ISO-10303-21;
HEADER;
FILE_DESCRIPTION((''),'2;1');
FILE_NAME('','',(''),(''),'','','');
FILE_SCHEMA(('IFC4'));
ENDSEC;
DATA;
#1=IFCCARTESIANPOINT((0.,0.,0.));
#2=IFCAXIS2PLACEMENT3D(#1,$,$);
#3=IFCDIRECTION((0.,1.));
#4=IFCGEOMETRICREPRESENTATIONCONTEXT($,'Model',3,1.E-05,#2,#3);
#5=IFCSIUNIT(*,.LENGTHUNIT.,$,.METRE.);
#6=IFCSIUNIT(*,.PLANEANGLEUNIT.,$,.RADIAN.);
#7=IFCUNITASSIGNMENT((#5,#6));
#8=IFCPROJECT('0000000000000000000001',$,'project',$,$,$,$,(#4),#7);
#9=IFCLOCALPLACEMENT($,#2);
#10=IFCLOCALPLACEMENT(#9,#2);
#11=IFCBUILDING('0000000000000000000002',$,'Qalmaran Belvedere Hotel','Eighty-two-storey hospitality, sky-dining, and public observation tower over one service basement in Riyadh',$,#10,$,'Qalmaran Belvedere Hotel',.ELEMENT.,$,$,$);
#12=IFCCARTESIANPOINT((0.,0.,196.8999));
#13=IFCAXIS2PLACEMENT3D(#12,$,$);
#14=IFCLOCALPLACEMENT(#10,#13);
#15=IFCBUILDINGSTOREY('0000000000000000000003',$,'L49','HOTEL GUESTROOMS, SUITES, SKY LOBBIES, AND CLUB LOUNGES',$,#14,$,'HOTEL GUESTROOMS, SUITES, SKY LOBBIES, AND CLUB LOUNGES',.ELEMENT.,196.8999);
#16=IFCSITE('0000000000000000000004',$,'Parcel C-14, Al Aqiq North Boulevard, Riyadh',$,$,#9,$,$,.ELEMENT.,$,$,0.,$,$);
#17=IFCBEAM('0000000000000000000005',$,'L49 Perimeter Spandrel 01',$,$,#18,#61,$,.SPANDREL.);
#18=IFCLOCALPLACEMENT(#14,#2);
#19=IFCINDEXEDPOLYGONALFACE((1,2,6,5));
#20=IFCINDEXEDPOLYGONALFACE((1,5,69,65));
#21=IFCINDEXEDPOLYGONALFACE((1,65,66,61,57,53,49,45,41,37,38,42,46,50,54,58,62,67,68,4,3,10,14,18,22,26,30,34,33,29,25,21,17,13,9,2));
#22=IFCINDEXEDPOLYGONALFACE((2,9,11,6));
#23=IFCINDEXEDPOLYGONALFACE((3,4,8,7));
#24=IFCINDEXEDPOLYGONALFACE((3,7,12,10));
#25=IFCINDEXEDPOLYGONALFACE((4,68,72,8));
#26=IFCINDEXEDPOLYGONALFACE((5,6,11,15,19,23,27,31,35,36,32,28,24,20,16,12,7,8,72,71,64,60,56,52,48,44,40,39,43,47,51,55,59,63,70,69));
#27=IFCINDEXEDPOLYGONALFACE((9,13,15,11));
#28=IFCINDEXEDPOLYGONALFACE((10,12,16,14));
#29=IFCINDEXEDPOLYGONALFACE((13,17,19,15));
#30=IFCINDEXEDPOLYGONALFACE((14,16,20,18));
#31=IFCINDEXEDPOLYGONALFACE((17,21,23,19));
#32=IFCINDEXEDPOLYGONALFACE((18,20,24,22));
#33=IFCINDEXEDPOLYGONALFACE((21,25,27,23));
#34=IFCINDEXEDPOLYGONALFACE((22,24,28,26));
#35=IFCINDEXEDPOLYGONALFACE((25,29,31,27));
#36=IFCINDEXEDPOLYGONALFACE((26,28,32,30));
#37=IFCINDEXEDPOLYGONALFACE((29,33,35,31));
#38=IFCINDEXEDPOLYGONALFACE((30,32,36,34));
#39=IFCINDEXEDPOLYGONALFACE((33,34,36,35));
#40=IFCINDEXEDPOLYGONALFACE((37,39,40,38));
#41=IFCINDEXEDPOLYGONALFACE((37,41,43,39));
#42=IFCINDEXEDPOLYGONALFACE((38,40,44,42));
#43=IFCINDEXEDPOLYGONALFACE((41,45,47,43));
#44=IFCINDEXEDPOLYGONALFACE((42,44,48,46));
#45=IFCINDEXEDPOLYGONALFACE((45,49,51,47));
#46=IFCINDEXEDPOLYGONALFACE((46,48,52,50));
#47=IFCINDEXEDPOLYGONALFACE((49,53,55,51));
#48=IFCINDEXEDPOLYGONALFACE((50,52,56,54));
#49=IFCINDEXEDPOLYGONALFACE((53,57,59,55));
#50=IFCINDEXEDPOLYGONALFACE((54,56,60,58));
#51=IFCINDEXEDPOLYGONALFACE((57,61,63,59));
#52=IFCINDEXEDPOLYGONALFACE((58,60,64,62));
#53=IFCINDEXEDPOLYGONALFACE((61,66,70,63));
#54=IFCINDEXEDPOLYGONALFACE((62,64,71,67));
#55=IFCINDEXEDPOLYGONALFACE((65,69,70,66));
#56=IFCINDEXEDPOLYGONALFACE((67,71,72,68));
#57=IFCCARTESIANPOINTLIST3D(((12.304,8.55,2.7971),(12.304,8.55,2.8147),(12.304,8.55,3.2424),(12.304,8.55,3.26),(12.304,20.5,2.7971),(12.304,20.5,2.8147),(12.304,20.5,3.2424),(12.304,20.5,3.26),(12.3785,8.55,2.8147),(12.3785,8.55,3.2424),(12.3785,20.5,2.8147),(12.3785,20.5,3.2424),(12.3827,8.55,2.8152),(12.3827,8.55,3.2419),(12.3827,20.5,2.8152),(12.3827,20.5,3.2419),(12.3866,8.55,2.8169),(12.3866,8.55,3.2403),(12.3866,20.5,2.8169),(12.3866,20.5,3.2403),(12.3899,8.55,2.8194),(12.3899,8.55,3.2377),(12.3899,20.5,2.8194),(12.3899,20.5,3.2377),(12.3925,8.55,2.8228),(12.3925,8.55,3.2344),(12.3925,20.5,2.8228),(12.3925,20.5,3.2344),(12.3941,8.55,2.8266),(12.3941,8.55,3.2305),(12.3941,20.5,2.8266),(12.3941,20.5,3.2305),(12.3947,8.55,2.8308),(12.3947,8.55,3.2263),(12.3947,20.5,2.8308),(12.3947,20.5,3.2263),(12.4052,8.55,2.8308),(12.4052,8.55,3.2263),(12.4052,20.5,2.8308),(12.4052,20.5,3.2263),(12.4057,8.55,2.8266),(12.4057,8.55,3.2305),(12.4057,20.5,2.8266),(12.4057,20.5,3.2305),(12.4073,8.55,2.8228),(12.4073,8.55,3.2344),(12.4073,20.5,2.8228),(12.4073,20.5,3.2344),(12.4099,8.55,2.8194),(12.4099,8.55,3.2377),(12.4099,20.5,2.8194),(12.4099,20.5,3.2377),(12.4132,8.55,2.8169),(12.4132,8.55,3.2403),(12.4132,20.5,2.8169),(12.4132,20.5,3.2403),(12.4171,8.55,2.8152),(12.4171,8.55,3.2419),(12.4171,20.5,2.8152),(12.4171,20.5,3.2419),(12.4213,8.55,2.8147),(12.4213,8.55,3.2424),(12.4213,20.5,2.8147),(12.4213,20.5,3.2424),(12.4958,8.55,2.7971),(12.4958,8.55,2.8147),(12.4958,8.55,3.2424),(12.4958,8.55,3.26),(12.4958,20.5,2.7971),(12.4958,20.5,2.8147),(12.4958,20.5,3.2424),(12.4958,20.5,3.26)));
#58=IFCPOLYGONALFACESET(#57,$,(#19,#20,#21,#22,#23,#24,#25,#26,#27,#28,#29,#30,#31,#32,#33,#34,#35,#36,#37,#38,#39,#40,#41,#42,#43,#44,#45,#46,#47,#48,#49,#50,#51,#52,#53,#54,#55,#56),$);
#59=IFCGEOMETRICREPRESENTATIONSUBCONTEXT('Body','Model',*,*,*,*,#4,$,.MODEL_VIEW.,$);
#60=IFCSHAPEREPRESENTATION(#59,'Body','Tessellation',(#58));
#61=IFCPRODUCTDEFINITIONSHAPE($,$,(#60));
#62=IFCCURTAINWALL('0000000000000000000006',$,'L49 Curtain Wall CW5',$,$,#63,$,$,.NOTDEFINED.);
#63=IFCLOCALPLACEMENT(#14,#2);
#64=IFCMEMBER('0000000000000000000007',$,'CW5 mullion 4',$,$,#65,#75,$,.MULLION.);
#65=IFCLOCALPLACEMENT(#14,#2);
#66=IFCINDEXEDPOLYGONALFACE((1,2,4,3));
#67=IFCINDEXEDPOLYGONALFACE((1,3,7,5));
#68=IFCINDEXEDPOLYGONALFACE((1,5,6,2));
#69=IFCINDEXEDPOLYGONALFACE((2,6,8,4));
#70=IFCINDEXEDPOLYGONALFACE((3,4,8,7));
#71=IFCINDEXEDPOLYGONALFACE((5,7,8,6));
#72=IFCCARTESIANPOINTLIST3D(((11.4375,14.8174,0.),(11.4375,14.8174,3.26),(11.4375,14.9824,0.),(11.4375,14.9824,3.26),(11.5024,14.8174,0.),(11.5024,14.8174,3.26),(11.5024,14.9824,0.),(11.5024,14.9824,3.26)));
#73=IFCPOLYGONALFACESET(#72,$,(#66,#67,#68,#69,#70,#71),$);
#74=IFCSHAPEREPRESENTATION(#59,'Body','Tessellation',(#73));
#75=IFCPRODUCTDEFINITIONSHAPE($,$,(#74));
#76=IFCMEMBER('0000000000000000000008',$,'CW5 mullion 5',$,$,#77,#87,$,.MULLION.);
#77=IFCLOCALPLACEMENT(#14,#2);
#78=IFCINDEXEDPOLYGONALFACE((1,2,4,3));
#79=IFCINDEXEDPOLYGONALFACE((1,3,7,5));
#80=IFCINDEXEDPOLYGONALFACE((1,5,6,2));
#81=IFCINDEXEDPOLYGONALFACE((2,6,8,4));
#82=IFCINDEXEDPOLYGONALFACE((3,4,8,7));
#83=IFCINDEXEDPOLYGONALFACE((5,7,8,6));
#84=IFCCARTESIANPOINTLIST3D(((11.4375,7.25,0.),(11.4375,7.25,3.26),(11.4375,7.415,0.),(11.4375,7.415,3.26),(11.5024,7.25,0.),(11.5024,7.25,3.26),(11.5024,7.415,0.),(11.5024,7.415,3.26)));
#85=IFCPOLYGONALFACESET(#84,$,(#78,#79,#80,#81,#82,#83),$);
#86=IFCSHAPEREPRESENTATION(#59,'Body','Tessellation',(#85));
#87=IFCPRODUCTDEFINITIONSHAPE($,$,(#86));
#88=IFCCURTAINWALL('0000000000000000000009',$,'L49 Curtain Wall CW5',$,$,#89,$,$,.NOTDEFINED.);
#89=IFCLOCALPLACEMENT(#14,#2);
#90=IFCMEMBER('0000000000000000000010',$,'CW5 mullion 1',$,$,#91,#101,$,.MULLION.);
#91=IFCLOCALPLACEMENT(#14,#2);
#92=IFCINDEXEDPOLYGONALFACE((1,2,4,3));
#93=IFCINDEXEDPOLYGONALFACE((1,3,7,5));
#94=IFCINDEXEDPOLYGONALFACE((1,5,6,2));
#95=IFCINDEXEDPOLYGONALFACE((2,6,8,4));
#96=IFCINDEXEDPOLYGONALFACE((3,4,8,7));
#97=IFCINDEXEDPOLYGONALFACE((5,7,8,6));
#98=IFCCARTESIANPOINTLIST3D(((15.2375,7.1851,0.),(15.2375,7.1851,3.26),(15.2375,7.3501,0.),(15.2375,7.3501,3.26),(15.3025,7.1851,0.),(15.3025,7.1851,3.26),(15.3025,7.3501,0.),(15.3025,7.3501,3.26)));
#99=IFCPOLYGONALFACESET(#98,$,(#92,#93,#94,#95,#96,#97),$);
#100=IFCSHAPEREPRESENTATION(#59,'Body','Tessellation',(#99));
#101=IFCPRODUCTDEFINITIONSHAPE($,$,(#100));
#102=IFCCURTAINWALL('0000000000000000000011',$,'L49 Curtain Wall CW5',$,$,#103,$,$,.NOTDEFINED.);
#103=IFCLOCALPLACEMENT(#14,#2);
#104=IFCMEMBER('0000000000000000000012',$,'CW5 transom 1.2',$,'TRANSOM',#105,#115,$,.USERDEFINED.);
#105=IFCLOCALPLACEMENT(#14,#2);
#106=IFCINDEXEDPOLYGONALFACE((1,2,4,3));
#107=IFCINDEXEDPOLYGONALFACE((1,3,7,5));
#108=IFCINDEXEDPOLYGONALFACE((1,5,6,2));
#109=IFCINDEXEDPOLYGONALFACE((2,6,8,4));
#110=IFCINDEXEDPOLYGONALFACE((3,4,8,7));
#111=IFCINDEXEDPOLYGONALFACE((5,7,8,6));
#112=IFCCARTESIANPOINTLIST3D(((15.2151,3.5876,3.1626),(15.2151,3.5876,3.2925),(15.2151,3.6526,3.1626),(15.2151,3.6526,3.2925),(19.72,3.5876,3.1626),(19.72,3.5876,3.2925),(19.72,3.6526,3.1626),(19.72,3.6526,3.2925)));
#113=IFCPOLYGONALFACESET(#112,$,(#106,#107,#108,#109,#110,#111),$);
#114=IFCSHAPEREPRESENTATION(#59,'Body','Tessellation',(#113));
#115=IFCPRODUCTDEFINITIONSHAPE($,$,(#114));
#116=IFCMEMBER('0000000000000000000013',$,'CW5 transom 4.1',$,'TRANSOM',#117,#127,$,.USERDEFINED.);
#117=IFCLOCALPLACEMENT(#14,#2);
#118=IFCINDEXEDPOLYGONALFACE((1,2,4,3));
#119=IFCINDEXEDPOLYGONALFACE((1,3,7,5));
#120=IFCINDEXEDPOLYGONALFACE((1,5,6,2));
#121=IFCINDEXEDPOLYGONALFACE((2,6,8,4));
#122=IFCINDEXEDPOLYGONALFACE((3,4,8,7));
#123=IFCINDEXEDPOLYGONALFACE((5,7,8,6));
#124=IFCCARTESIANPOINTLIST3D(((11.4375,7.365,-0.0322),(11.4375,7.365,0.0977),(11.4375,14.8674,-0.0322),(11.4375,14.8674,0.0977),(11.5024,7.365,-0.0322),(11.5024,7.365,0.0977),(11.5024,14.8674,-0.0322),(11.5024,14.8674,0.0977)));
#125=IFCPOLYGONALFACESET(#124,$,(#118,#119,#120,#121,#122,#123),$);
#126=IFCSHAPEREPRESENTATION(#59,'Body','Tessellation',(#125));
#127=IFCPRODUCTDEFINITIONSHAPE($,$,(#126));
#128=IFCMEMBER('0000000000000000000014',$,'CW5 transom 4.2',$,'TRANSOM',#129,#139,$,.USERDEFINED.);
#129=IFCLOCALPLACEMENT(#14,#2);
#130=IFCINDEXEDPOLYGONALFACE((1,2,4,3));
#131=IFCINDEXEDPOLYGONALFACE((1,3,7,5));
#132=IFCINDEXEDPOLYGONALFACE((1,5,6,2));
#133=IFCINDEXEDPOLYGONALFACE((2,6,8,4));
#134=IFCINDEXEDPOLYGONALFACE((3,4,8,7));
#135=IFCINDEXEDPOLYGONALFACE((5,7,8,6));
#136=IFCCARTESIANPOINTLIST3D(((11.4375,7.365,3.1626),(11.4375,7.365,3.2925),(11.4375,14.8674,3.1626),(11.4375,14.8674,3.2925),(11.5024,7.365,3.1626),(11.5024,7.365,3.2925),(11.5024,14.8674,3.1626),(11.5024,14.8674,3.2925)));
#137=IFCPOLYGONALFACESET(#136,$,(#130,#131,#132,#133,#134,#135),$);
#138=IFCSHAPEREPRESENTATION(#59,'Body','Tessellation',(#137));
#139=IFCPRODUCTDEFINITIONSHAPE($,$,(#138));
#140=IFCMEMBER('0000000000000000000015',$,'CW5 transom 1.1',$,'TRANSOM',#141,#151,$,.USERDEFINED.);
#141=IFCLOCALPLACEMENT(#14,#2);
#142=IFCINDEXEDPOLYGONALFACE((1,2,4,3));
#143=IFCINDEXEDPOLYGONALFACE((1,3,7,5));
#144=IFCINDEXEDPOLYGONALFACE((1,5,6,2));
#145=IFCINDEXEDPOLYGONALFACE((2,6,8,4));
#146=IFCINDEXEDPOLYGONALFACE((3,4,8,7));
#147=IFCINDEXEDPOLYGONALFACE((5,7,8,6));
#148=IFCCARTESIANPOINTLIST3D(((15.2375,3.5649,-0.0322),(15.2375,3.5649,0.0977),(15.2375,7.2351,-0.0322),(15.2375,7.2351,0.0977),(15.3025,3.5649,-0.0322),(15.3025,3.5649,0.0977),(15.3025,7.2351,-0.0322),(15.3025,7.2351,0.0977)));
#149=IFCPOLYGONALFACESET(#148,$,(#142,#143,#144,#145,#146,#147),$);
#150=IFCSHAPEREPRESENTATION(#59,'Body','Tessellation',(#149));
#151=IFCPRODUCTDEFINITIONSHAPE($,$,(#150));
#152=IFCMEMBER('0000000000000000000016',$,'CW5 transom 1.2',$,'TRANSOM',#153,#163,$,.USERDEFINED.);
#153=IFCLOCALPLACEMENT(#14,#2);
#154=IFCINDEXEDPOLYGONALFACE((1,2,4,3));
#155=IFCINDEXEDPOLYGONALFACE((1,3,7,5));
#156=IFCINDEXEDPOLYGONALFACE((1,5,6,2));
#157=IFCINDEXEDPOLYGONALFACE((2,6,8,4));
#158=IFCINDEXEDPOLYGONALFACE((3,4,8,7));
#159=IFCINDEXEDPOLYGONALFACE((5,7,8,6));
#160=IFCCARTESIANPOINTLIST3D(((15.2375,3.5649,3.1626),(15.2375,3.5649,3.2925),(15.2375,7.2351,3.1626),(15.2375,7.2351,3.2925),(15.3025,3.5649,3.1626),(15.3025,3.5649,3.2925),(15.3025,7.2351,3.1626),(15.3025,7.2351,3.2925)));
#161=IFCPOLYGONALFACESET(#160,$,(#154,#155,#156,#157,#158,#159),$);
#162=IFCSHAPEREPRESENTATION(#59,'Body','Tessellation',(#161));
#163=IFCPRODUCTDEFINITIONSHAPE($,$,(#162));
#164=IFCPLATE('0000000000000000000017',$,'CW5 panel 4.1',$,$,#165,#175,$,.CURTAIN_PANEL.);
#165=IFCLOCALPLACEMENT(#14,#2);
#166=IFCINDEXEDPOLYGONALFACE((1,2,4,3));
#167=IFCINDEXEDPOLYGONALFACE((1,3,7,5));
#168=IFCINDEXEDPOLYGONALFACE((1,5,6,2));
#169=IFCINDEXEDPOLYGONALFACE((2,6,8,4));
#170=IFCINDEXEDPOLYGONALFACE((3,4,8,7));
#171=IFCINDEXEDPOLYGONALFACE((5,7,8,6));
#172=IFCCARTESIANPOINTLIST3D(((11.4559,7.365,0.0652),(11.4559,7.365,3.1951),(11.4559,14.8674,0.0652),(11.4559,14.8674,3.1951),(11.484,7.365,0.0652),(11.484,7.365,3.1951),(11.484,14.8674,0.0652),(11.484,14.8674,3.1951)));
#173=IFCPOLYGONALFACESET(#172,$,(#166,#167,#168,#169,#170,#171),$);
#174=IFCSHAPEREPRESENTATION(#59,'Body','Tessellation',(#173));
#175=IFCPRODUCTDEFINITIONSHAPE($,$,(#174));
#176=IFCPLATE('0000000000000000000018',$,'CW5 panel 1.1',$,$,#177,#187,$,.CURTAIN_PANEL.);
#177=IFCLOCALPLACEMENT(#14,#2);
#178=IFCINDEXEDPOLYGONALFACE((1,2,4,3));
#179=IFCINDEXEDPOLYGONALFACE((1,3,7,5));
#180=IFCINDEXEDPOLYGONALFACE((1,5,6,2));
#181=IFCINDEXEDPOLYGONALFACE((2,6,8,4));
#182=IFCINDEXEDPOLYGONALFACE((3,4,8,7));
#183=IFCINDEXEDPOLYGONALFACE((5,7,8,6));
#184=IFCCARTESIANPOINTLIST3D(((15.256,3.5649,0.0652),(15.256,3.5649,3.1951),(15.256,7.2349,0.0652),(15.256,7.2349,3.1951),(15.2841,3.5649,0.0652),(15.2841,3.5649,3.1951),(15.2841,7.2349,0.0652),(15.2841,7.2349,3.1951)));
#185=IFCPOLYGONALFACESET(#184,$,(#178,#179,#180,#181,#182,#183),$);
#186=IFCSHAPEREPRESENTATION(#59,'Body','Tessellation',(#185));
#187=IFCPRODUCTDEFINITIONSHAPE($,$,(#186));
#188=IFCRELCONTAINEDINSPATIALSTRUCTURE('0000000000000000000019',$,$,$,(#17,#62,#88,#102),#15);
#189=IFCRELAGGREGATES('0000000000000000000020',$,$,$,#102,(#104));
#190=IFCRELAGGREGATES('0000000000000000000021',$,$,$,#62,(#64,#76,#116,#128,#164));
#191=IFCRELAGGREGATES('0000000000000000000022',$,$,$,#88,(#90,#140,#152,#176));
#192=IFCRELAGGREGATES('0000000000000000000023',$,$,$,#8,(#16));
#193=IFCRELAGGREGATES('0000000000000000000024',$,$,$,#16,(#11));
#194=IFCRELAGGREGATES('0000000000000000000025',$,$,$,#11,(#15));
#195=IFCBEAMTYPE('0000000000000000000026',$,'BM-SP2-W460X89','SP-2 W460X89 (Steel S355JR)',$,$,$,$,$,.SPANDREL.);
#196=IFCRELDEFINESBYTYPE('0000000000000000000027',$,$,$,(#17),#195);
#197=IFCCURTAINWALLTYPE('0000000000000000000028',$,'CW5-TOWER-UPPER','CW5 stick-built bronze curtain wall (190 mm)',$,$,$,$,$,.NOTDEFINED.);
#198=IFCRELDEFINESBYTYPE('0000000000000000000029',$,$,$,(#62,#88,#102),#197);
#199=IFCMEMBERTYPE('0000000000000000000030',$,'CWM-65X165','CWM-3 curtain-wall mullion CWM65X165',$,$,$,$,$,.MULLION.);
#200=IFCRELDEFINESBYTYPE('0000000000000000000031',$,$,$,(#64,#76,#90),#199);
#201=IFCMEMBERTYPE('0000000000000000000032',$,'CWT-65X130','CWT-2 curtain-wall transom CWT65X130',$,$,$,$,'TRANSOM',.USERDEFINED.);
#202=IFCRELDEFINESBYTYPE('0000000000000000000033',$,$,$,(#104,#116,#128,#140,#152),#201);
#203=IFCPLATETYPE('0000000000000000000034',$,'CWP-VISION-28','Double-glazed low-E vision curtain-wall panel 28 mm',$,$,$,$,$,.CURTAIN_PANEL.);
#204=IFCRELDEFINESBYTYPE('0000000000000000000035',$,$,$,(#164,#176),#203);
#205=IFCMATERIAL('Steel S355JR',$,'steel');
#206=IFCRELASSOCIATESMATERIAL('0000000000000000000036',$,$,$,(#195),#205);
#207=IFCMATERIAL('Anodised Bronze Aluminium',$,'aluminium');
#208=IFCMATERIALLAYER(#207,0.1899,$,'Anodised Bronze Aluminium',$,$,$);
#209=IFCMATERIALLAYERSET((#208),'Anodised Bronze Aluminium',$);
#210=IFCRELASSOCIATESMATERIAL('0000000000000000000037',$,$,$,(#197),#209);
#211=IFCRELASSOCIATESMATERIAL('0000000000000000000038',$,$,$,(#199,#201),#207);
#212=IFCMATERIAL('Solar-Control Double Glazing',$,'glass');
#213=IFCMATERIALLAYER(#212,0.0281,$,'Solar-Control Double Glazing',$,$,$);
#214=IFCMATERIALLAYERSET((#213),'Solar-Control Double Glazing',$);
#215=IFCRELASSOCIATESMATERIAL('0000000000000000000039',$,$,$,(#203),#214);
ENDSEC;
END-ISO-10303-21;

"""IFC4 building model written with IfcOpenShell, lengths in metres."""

from ifc_helpers import new_model, si_unit, direction, frame, origin, origin_2d, place, context, subcontext, project, spatial, rectangle, i_section, extrude, material, layer, layer_set, material_profile, profile_set, type_object, element, aggregate, save


model = new_model("IFC4")

# Units and contexts
model_context = context("Model", 3, precision=1e-05, world=origin(), true_north=direction((0.0, 1.0)))
body_context = subcontext(model_context, "Body", "Model", "MODEL_VIEW")
ifc_project = project(units=[si_unit("LENGTHUNIT", "METRE"), si_unit("PLANEANGLEUNIT", "RADIAN")], contexts=[model_context])

# Site, building, storey
site_placement = place(None, origin())
site = spatial("IfcSite", under=ifc_project, at=site_placement, Name="Parcel C-14, Al Aqiq North Boulevard, Riyadh", CompositionType="ELEMENT", RefElevation=0.0)
building_placement = place(site_placement, origin())
building = spatial("IfcBuilding", under=site, at=building_placement, Name="Qalmaran Belvedere Hotel", Description="Eighty-two-storey hospitality, sky-dining, and public observation tower over one service basement in Riyadh", LongName="Qalmaran Belvedere Hotel", CompositionType="ELEMENT")
storey_placement = place(building_placement, frame((0.0, 0.0, 196.8999)))
storey = spatial("IfcBuildingStorey", under=building, at=storey_placement, Name="L49", Description="HOTEL GUESTROOMS, SUITES, SKY LOBBIES, AND CLUB LOUNGES", LongName="HOTEL GUESTROOMS, SUITES, SKY LOBBIES, AND CLUB LOUNGES", CompositionType="ELEMENT", Elevation=196.8999)

# Beam
ifc_material_1 = material(Name="Steel S355JR", Category="steel")
ifc_material_profile_1 = material_profile(ifc_material_1, i_section(OverallWidth=0.1919, OverallDepth=0.4629, WebThickness=0.0105, FlangeThickness=0.0176, FilletRadius=0.0161, at=origin_2d()), Name="W460X89")
ifc_profile_set_1 = profile_set([ifc_material_profile_1], Name="Steel S355JR")
beam_type_1 = type_object("IfcBeamType", Name="BM-SP2-W460X89", Description="SP-2 W460X89 (Steel S355JR)", PredefinedType="SPANDREL", material=ifc_profile_set_1)
beam_1_placement = place(storey_placement, frame((12.3999, 8.55, 3.0286), z_axis=(0.0, 1.0, 0.0), x_axis=(-1.0, 0.0, 0.0)))
element("IfcBeam", 1, at=beam_1_placement, inside=storey, type_object=beam_type_1, Name="L49 Perimeter Spandrel 01", PredefinedType="SPANDREL", context=body_context, shape_type="SweptSolid", body=[
    extrude(i_section(OverallWidth=0.1919, OverallDepth=0.4629, WebThickness=0.0105, FlangeThickness=0.0176, FilletRadius=0.0161, at=origin_2d()), origin(), (0.0, 0.0, 1.0), 11.95),
])

# Curtain wall, members
ifc_material_2 = material(Name="Anodised Bronze Aluminium", Category="aluminium")
ifc_layer_1 = layer(ifc_material_2, 0.1899, Name="Anodised Bronze Aluminium")
ifc_layer_set_1 = layer_set([ifc_layer_1], Name="Anodised Bronze Aluminium")
curtain_wall_type = type_object("IfcCurtainWallType", Name="CW5-TOWER-UPPER", Description="CW5 stick-built bronze curtain wall (190 mm)", PredefinedType="NOTDEFINED", material=ifc_layer_set_1)
curtain_wall_1_placement = place(storey_placement, origin())
curtain_wall_1 = element("IfcCurtainWall", 2, at=curtain_wall_1_placement, inside=storey, type_object=curtain_wall_type, Name="L49 Curtain Wall CW5", PredefinedType="NOTDEFINED")
ifc_material_profile_2 = material_profile(ifc_material_2, rectangle(XDim=0.0649, YDim=0.165, at=origin_2d()), Name="CWM65X165")
ifc_profile_set_2 = profile_set([ifc_material_profile_2], Name="Anodised Bronze Aluminium")
member_type_1 = type_object("IfcMemberType", Name="CWM-65X165", Description="CWM-3 curtain-wall mullion CWM65X165", PredefinedType="MULLION", material=ifc_profile_set_2)
member_1_placement = place(storey_placement, frame((11.47, 14.8999, 0.0), z_axis=(0.0, 0.0, 1.0), x_axis=(1.0, 0.0, 0.0)))
member_1 = element("IfcMember", 3, at=member_1_placement, type_object=member_type_1, Name="CW5 mullion 4", PredefinedType="MULLION", context=body_context, shape_type="SweptSolid", body=[
    extrude(rectangle(XDim=0.0649, YDim=0.165, at=origin_2d()), origin(), (0.0, 0.0, 1.0), 3.26),
])
member_2_placement = place(storey_placement, frame((11.47, 7.3325, 0.0), z_axis=(0.0, 0.0, 1.0), x_axis=(1.0, 0.0, 0.0)))
member_2 = element("IfcMember", 4, at=member_2_placement, type_object=member_type_1, Name="CW5 mullion 5", PredefinedType="MULLION", context=body_context, shape_type="SweptSolid", body=[
    extrude(rectangle(XDim=0.0649, YDim=0.165, at=origin_2d()), origin(), (0.0, 0.0, 1.0), 3.26),
])

# Curtain walls, members
curtain_wall_2_placement = place(storey_placement, origin())
curtain_wall_2 = element("IfcCurtainWall", 5, at=curtain_wall_2_placement, inside=storey, type_object=curtain_wall_type, Name="L49 Curtain Wall CW5", PredefinedType="NOTDEFINED")
member_3_placement = place(storey_placement, frame((15.27, 7.2676, 0.0), z_axis=(0.0, 0.0, 1.0), x_axis=(1.0, 0.0, 0.0)))
member_3 = element("IfcMember", 6, at=member_3_placement, type_object=member_type_1, Name="CW5 mullion 1", PredefinedType="MULLION", context=body_context, shape_type="SweptSolid", body=[
    extrude(rectangle(XDim=0.0649, YDim=0.165, at=origin_2d()), origin(), (0.0, 0.0, 1.0), 3.26),
])
curtain_wall_3_placement = place(storey_placement, origin())
curtain_wall_3 = element("IfcCurtainWall", 7, at=curtain_wall_3_placement, inside=storey, type_object=curtain_wall_type, Name="L49 Curtain Wall CW5", PredefinedType="NOTDEFINED")
ifc_material_profile_3 = material_profile(ifc_material_2, rectangle(XDim=0.0649, YDim=0.1299, at=origin_2d()), Name="CWT65X130")
ifc_profile_set_3 = profile_set([ifc_material_profile_3], Name="Anodised Bronze Aluminium")
member_type_2 = type_object("IfcMemberType", Name="CWT-65X130", Description="CWT-2 curtain-wall transom CWT65X130", ElementType="TRANSOM", PredefinedType="USERDEFINED", material=ifc_profile_set_3)
member_4_placement = place(storey_placement, frame((15.2151, 3.6201, 3.2275), z_axis=(1.0, 0.0, 0.0), x_axis=(0.0, 1.0, 0.0)))
member_4 = element("IfcMember", 8, at=member_4_placement, type_object=member_type_2, Name="CW5 transom 1.2", ObjectType="TRANSOM", PredefinedType="USERDEFINED", context=body_context, shape_type="SweptSolid", body=[
    extrude(rectangle(XDim=0.0649, YDim=0.1299, at=origin_2d()), origin(), (0.0, 0.0, 1.0), 4.5049),
])
aggregate(curtain_wall_3, [member_4])

# Members
member_5_placement = place(storey_placement, frame((11.47, 14.8674, 0.0327), z_axis=(0.0, -1.0, 0.0), x_axis=(1.0, 0.0, 0.0)))
member_5 = element("IfcMember", 9, at=member_5_placement, type_object=member_type_2, Name="CW5 transom 4.1", ObjectType="TRANSOM", PredefinedType="USERDEFINED", context=body_context, shape_type="SweptSolid", body=[
    extrude(rectangle(XDim=0.0649, YDim=0.1299, at=origin_2d()), origin(), (0.0, 0.0, 1.0), 7.5024),
])
member_6_placement = place(storey_placement, frame((11.47, 14.8674, 3.2275), z_axis=(0.0, -1.0, 0.0), x_axis=(1.0, 0.0, 0.0)))
member_6 = element("IfcMember", 10, at=member_6_placement, type_object=member_type_2, Name="CW5 transom 4.2", ObjectType="TRANSOM", PredefinedType="USERDEFINED", context=body_context, shape_type="SweptSolid", body=[
    extrude(rectangle(XDim=0.0649, YDim=0.1299, at=origin_2d()), origin(), (0.0, 0.0, 1.0), 7.5024),
])
member_7_placement = place(storey_placement, frame((15.27, 7.2351, 0.0327), z_axis=(0.0, -1.0, 0.0), x_axis=(1.0, 0.0, 0.0)))
member_7 = element("IfcMember", 11, at=member_7_placement, type_object=member_type_2, Name="CW5 transom 1.1", ObjectType="TRANSOM", PredefinedType="USERDEFINED", context=body_context, shape_type="SweptSolid", body=[
    extrude(rectangle(XDim=0.0649, YDim=0.1299, at=origin_2d()), origin(), (0.0, 0.0, 1.0), 3.6702),
])
member_8_placement = place(storey_placement, frame((15.27, 7.2351, 3.2275), z_axis=(0.0, -1.0, 0.0), x_axis=(1.0, 0.0, 0.0)))
member_8 = element("IfcMember", 12, at=member_8_placement, type_object=member_type_2, Name="CW5 transom 1.2", ObjectType="TRANSOM", PredefinedType="USERDEFINED", context=body_context, shape_type="SweptSolid", body=[
    extrude(rectangle(XDim=0.0649, YDim=0.1299, at=origin_2d()), origin(), (0.0, 0.0, 1.0), 3.6702),
])

# Plates
ifc_material_3 = material(Name="Solar-Control Double Glazing", Category="glass")
ifc_layer_2 = layer(ifc_material_3, 0.0281, Name="Solar-Control Double Glazing")
ifc_layer_set_2 = layer_set([ifc_layer_2], Name="Solar-Control Double Glazing")
plate_type = type_object("IfcPlateType", Name="CWP-VISION-28", Description="Double-glazed low-E vision curtain-wall panel 28 mm", PredefinedType="CURTAIN_PANEL", material=ifc_layer_set_2)
plate_1_placement = place(storey_placement, frame((11.47, 11.1162, 0.0652), z_axis=(0.0, 0.0, 1.0), x_axis=(0.0, -1.0, 0.0)))
plate_1 = element("IfcPlate", 13, at=plate_1_placement, type_object=plate_type, Name="CW5 panel 4.1", PredefinedType="CURTAIN_PANEL", context=body_context, shape_type="SweptSolid", body=[
    extrude(rectangle(XDim=7.5024, YDim=0.0281, at=origin_2d()), origin(), (0.0, 0.0, 1.0), 3.1299),
])
aggregate(curtain_wall_1, [member_1, member_2, member_5, member_6, plate_1])
plate_2_placement = place(storey_placement, frame((15.27, 5.3999, 0.0652), z_axis=(0.0, 0.0, 1.0), x_axis=(0.0, -1.0, 0.0)))
plate_2 = element("IfcPlate", 14, at=plate_2_placement, type_object=plate_type, Name="CW5 panel 1.1", PredefinedType="CURTAIN_PANEL", context=body_context, shape_type="SweptSolid", body=[
    extrude(rectangle(XDim=3.6699, YDim=0.0281, at=origin_2d()), origin(), (0.0, 0.0, 1.0), 3.1299),
])
aggregate(curtain_wall_2, [member_3, member_7, member_8, plate_2])

save(model, "model.ifc")
